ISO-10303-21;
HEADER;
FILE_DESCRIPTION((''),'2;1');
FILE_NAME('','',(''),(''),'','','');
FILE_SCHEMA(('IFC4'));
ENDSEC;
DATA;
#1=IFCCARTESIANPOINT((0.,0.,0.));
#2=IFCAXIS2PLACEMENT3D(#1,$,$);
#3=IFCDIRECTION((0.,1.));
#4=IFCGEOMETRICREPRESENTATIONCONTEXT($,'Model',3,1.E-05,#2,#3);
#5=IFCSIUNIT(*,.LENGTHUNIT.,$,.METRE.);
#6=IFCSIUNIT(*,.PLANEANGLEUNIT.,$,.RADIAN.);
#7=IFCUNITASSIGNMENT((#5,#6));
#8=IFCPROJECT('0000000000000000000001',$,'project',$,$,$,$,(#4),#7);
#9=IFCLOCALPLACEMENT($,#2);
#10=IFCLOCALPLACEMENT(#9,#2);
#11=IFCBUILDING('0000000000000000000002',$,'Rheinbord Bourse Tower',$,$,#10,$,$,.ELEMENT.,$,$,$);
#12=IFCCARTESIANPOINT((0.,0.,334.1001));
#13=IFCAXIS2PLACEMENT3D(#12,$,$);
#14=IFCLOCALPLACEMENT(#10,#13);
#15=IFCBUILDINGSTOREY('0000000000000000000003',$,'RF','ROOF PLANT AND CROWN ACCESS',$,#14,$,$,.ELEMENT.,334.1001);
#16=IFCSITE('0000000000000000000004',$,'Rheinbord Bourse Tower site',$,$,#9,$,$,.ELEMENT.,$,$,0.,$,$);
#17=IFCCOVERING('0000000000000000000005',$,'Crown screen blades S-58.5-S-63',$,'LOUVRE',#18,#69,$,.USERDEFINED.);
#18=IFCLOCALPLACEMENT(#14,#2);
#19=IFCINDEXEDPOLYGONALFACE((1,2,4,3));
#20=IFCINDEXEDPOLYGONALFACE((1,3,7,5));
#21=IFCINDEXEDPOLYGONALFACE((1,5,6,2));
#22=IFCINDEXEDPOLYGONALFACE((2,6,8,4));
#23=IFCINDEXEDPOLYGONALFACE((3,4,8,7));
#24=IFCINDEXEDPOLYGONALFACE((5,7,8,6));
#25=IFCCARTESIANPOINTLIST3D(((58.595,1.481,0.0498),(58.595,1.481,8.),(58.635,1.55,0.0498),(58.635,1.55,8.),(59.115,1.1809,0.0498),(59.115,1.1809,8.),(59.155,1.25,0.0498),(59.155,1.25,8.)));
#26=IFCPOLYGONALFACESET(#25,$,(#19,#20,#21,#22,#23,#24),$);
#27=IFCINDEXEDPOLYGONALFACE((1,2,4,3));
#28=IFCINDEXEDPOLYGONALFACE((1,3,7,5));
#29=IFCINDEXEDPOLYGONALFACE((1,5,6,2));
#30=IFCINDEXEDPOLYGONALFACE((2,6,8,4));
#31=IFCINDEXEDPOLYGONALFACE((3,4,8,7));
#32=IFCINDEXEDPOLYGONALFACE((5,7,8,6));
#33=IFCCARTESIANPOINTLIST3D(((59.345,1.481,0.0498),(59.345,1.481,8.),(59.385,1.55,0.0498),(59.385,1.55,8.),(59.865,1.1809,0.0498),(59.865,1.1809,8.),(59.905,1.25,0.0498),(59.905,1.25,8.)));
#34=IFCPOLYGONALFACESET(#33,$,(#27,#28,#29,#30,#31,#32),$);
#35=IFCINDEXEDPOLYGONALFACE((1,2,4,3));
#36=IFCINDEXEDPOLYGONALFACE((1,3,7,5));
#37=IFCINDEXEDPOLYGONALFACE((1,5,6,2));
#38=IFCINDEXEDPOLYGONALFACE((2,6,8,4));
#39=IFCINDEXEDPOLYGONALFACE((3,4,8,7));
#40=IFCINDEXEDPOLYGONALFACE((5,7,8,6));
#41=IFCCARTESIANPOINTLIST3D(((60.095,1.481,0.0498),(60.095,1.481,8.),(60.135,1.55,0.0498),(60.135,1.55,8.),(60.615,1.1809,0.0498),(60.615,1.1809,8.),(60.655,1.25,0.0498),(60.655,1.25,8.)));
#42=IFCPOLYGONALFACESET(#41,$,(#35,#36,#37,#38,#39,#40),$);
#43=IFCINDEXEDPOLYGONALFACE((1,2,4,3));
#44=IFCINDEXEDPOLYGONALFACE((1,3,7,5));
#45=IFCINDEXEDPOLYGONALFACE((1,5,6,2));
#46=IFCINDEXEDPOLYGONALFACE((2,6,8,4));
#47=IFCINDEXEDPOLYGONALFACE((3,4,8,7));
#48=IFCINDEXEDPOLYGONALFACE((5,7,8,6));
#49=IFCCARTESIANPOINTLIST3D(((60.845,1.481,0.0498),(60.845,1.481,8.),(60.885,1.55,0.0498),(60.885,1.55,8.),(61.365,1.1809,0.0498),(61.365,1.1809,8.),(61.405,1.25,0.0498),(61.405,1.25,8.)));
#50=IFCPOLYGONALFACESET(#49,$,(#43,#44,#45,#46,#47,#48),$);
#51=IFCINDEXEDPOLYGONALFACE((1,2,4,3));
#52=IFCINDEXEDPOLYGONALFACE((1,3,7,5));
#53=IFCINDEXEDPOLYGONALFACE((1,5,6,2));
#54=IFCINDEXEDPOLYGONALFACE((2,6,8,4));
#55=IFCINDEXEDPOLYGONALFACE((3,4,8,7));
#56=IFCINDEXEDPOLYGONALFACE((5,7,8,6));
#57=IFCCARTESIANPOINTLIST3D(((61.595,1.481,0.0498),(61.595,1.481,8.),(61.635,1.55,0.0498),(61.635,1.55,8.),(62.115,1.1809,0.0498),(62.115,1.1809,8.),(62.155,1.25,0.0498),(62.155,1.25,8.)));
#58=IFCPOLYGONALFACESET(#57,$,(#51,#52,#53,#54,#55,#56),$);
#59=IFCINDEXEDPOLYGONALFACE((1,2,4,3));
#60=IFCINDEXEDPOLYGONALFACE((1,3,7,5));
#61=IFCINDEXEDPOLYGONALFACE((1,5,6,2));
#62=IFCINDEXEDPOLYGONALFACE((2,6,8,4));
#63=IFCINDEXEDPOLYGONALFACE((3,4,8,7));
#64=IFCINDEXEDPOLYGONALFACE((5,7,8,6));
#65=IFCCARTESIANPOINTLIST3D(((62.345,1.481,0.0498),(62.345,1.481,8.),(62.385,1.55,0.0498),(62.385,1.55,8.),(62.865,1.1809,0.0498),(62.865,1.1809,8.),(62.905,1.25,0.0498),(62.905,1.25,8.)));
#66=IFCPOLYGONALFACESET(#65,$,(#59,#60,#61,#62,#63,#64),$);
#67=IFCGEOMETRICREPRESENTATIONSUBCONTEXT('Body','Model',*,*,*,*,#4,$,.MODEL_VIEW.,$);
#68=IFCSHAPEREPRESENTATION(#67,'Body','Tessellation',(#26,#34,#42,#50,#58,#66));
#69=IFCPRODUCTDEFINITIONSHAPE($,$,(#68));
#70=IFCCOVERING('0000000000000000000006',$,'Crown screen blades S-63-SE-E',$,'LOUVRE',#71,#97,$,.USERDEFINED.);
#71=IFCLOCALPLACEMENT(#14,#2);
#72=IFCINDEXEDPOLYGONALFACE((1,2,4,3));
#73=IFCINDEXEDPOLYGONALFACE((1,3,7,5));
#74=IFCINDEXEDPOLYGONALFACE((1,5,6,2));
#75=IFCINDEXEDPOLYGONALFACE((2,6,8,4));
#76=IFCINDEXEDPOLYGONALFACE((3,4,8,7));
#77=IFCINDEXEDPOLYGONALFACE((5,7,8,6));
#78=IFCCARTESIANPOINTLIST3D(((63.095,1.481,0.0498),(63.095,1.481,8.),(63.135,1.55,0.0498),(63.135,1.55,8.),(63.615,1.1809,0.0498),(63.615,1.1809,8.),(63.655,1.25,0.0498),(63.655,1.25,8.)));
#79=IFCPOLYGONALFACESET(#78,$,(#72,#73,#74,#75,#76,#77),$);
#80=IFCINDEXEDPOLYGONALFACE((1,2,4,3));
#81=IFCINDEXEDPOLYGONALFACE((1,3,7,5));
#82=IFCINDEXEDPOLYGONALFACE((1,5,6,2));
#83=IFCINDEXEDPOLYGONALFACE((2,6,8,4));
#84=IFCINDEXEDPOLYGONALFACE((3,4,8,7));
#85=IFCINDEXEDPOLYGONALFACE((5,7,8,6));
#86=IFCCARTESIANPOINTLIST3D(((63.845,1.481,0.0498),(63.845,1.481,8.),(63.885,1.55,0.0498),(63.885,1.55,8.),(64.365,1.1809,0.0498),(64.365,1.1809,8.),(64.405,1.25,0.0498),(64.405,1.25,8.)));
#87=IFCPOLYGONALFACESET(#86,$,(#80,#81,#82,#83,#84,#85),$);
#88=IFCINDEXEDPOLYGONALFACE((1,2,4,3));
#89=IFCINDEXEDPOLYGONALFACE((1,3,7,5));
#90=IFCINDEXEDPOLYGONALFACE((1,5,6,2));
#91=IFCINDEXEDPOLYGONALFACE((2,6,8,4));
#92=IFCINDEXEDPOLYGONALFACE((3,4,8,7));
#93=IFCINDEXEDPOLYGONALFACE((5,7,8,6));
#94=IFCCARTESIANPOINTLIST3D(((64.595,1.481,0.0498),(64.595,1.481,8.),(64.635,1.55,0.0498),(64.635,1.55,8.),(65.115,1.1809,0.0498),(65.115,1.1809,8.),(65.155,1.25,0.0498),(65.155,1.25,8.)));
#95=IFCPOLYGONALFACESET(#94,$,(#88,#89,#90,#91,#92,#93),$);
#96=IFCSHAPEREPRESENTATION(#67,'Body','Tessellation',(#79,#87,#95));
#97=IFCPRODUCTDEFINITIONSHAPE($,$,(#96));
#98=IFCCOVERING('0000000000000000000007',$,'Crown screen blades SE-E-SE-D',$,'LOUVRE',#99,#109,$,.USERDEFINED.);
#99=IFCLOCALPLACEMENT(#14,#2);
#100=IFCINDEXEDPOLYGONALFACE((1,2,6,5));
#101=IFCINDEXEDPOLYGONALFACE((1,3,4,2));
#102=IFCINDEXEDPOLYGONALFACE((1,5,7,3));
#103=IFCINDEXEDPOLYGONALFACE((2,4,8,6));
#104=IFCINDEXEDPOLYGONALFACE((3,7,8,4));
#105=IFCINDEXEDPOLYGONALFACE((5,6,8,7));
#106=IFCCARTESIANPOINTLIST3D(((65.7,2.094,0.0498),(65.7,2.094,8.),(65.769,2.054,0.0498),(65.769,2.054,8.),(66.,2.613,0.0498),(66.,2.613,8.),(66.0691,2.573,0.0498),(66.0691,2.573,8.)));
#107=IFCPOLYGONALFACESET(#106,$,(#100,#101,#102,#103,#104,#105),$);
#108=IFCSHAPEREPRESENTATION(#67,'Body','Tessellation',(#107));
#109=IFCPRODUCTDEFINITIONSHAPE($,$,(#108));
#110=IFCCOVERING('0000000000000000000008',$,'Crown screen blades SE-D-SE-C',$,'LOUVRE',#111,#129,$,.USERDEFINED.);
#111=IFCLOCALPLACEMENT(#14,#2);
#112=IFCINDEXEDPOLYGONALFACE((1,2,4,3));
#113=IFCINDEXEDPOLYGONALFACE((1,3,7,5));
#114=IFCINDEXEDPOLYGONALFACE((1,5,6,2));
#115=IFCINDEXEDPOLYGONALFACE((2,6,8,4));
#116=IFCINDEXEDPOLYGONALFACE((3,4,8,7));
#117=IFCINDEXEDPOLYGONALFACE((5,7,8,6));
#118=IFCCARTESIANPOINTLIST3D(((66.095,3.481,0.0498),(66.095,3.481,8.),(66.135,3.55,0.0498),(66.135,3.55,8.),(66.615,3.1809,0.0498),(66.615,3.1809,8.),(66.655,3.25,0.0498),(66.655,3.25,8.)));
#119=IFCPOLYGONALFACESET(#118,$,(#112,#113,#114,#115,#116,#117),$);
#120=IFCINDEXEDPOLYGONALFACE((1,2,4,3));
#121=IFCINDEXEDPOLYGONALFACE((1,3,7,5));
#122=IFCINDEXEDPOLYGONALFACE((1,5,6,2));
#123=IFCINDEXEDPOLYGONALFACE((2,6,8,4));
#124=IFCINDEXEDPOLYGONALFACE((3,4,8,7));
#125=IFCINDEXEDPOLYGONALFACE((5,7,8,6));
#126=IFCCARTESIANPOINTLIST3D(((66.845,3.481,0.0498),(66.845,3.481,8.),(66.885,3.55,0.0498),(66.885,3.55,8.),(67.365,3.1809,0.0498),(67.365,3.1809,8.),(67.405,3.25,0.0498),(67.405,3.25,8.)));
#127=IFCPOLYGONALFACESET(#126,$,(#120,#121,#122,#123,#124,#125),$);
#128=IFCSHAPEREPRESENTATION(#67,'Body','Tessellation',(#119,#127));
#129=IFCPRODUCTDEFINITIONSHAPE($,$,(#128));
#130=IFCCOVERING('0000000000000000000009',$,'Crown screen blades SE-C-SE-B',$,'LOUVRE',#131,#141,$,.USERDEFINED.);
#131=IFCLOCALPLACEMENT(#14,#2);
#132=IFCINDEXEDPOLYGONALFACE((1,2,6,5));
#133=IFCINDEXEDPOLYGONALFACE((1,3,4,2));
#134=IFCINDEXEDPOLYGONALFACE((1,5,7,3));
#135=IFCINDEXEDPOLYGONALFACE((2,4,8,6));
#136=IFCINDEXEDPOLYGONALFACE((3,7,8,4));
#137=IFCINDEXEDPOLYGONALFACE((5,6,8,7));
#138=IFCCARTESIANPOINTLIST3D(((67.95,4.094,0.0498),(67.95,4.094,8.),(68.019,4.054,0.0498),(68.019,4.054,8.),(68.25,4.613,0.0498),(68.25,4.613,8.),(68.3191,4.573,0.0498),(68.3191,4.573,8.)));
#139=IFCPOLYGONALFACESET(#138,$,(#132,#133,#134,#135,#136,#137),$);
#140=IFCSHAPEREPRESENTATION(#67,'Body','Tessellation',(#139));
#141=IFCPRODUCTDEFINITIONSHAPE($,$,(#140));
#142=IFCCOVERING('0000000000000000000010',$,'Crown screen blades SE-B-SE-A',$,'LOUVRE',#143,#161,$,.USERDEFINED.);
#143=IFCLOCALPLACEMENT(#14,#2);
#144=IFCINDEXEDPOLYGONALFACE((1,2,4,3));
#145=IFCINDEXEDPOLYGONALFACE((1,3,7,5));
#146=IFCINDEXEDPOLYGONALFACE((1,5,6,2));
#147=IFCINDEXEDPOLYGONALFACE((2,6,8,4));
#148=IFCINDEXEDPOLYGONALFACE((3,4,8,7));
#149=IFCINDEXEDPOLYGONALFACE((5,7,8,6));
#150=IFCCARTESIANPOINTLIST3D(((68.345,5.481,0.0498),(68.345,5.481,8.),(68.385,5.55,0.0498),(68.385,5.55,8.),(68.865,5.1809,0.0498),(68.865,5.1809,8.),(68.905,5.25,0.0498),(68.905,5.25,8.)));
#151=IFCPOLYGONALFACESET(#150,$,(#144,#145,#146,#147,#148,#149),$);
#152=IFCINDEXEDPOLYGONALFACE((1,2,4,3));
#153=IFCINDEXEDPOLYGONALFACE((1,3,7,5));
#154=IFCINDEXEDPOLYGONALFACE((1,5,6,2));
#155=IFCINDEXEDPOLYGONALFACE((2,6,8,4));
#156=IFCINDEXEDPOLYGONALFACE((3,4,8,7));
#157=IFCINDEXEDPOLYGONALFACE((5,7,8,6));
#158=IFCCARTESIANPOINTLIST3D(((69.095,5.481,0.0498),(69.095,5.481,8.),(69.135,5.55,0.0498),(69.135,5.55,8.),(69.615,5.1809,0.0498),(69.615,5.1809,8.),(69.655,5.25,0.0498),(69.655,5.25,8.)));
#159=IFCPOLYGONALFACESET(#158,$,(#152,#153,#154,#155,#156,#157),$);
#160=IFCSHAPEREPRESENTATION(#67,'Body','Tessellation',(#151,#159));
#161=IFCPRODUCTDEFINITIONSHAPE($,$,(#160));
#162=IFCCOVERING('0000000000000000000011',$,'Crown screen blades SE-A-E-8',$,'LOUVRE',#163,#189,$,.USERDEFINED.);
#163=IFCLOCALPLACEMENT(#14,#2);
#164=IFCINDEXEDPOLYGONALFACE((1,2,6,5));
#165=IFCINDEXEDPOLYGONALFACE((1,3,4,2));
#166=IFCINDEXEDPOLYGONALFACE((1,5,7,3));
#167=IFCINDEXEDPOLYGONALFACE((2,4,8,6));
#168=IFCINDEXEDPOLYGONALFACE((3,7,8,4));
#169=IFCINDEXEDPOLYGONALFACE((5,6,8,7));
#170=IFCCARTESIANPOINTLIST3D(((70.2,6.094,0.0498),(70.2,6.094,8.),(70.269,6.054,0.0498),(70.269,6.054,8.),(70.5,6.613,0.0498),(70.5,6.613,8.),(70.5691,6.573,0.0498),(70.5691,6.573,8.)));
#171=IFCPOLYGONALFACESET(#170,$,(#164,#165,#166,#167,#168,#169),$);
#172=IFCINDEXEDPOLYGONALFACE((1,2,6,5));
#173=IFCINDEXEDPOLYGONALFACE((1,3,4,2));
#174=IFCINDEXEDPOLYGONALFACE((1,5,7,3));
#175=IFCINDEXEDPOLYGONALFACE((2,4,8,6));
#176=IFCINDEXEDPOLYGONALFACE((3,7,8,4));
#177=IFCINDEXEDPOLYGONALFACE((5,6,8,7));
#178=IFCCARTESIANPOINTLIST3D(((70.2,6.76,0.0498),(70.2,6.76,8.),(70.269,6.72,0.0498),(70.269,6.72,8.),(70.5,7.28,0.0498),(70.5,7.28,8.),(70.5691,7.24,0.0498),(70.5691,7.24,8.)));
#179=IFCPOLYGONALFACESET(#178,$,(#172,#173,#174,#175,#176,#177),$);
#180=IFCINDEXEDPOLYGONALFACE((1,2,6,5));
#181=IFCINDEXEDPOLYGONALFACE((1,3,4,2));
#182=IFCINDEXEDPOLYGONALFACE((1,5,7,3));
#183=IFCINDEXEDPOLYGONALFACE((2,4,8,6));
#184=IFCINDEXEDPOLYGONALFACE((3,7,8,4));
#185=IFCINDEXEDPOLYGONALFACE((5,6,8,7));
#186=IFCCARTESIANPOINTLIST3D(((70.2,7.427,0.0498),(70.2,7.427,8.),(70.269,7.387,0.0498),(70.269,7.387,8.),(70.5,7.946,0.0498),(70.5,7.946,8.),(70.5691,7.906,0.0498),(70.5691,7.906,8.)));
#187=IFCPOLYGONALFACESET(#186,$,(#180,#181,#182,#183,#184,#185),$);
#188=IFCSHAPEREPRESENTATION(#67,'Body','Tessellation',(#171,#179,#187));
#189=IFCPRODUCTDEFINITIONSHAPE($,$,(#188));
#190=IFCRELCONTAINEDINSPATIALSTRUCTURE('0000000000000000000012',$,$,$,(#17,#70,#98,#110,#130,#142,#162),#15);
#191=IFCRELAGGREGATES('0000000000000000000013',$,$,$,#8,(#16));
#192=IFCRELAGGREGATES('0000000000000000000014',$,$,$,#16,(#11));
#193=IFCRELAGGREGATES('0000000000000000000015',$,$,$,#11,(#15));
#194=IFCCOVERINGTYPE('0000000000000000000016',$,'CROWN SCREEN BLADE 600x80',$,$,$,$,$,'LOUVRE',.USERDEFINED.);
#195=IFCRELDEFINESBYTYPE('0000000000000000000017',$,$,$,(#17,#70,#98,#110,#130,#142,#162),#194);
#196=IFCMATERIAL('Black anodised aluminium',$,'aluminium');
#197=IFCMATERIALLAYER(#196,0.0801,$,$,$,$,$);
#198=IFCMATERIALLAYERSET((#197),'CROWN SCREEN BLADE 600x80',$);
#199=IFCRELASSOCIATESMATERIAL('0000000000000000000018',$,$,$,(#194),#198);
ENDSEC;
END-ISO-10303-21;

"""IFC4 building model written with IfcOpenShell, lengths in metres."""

from ifc_helpers import new_model, si_unit, direction, frame, origin, place, context, subcontext, project, spatial, polyline, outline, extrude, material, layer, layer_set, type_object, element, save


model = new_model("IFC4")

# Units and contexts
model_context = context("Model", 3, precision=1e-05, world=origin(), true_north=direction((0.0, 1.0)))
body_context = subcontext(model_context, "Body", "Model", "MODEL_VIEW")
ifc_project = project(units=[si_unit("LENGTHUNIT", "METRE"), si_unit("PLANEANGLEUNIT", "RADIAN")], contexts=[model_context])

# Site, building, storey
site_placement = place(None, origin())
site = spatial("IfcSite", under=ifc_project, at=site_placement, Name="Rheinbord Bourse Tower site", CompositionType="ELEMENT", RefElevation=0.0)
building_placement = place(site_placement, origin())
building = spatial("IfcBuilding", under=site, at=building_placement, Name="Rheinbord Bourse Tower", CompositionType="ELEMENT")
storey_placement = place(building_placement, frame((0.0, 0.0, 334.1001)))
storey = spatial("IfcBuildingStorey", under=building, at=storey_placement, Name="RF", Description="ROOF PLANT AND CROWN ACCESS", CompositionType="ELEMENT", Elevation=334.1001)

# Coverings
ifc_material = material(Name="Black anodised aluminium", Category="aluminium")
ifc_layer = layer(ifc_material, 0.0801)
ifc_layer_set = layer_set([ifc_layer], Name="CROWN SCREEN BLADE 600x80")
covering_type = type_object("IfcCoveringType", Name="CROWN SCREEN BLADE 600x80", ElementType="LOUVRE", PredefinedType="USERDEFINED", material=ifc_layer_set)
covering_1_placement = place(storey_placement, frame((0.0, 0.0, 0.0498)))
element("IfcCovering", 1, at=covering_1_placement, inside=storey, type_object=covering_type, Name="Crown screen blades S-58.5-S-63", ObjectType="LOUVRE", PredefinedType="USERDEFINED", context=body_context, shape_type="SweptSolid", body=[
    extrude(outline(polyline([(58.635, 1.55), (59.155, 1.25), (59.115, 1.1809), (58.595, 1.481), (58.635, 1.55)])), origin(), (0.0, 0.0, 1.0), 7.9502),
    extrude(outline(polyline([(59.385, 1.55), (59.905, 1.25), (59.865, 1.1809), (59.345, 1.481), (59.385, 1.55)])), origin(), (0.0, 0.0, 1.0), 7.9502),
    extrude(outline(polyline([(60.135, 1.55), (60.655, 1.25), (60.615, 1.1809), (60.095, 1.481), (60.135, 1.55)])), origin(), (0.0, 0.0, 1.0), 7.9502),
    extrude(outline(polyline([(60.885, 1.55), (61.405, 1.25), (61.365, 1.1809), (60.845, 1.481), (60.885, 1.55)])), origin(), (0.0, 0.0, 1.0), 7.9502),
    extrude(outline(polyline([(61.635, 1.55), (62.155, 1.25), (62.115, 1.1809), (61.595, 1.481), (61.635, 1.55)])), origin(), (0.0, 0.0, 1.0), 7.9502),
    extrude(outline(polyline([(62.385, 1.55), (62.905, 1.25), (62.865, 1.1809), (62.345, 1.481), (62.385, 1.55)])), origin(), (0.0, 0.0, 1.0), 7.9502),
])
covering_2_placement = place(storey_placement, frame((0.0, 0.0, 0.0498)))
element("IfcCovering", 2, at=covering_2_placement, inside=storey, type_object=covering_type, Name="Crown screen blades S-63-SE-E", ObjectType="LOUVRE", PredefinedType="USERDEFINED", context=body_context, shape_type="SweptSolid", body=[
    extrude(outline(polyline([(63.135, 1.55), (63.655, 1.25), (63.615, 1.1809), (63.095, 1.481), (63.135, 1.55)])), origin(), (0.0, 0.0, 1.0), 7.9502),
    extrude(outline(polyline([(63.885, 1.55), (64.405, 1.25), (64.365, 1.1809), (63.845, 1.481), (63.885, 1.55)])), origin(), (0.0, 0.0, 1.0), 7.9502),
    extrude(outline(polyline([(64.635, 1.55), (65.155, 1.25), (65.115, 1.1809), (64.595, 1.481), (64.635, 1.55)])), origin(), (0.0, 0.0, 1.0), 7.9502),
])
covering_3_placement = place(storey_placement, frame((0.0, 0.0, 0.0498)))
element("IfcCovering", 3, at=covering_3_placement, inside=storey, type_object=covering_type, Name="Crown screen blades SE-E-SE-D", ObjectType="LOUVRE", PredefinedType="USERDEFINED", context=body_context, shape_type="SweptSolid", body=[
    extrude(outline(polyline([(65.7, 2.094), (66.0, 2.613), (66.0691, 2.573), (65.769, 2.054), (65.7, 2.094)])), origin(), (0.0, 0.0, 1.0), 7.9502),
])
covering_4_placement = place(storey_placement, frame((0.0, 0.0, 0.0498)))
element("IfcCovering", 4, at=covering_4_placement, inside=storey, type_object=covering_type, Name="Crown screen blades SE-D-SE-C", ObjectType="LOUVRE", PredefinedType="USERDEFINED", context=body_context, shape_type="SweptSolid", body=[
    extrude(outline(polyline([(66.135, 3.55), (66.655, 3.25), (66.615, 3.1809), (66.095, 3.481), (66.135, 3.55)])), origin(), (0.0, 0.0, 1.0), 7.9502),
    extrude(outline(polyline([(66.885, 3.55), (67.405, 3.25), (67.365, 3.1809), (66.845, 3.481), (66.885, 3.55)])), origin(), (0.0, 0.0, 1.0), 7.9502),
])
covering_5_placement = place(storey_placement, frame((0.0, 0.0, 0.0498)))
element("IfcCovering", 5, at=covering_5_placement, inside=storey, type_object=covering_type, Name="Crown screen blades SE-C-SE-B", ObjectType="LOUVRE", PredefinedType="USERDEFINED", context=body_context, shape_type="SweptSolid", body=[
    extrude(outline(polyline([(67.95, 4.094), (68.25, 4.613), (68.3191, 4.573), (68.019, 4.054), (67.95, 4.094)])), origin(), (0.0, 0.0, 1.0), 7.9502),
])
covering_6_placement = place(storey_placement, frame((0.0, 0.0, 0.0498)))
element("IfcCovering", 6, at=covering_6_placement, inside=storey, type_object=covering_type, Name="Crown screen blades SE-B-SE-A", ObjectType="LOUVRE", PredefinedType="USERDEFINED", context=body_context, shape_type="SweptSolid", body=[
    extrude(outline(polyline([(68.385, 5.55), (68.905, 5.25), (68.865, 5.1809), (68.345, 5.481), (68.385, 5.55)])), origin(), (0.0, 0.0, 1.0), 7.9502),
    extrude(outline(polyline([(69.135, 5.55), (69.655, 5.25), (69.615, 5.1809), (69.095, 5.481), (69.135, 5.55)])), origin(), (0.0, 0.0, 1.0), 7.9502),
])
covering_7_placement = place(storey_placement, frame((0.0, 0.0, 0.0498)))
element("IfcCovering", 7, at=covering_7_placement, inside=storey, type_object=covering_type, Name="Crown screen blades SE-A-E-8", ObjectType="LOUVRE", PredefinedType="USERDEFINED", context=body_context, shape_type="SweptSolid", body=[
    extrude(outline(polyline([(70.2, 6.094), (70.5, 6.613), (70.5691, 6.573), (70.269, 6.054), (70.2, 6.094)])), origin(), (0.0, 0.0, 1.0), 7.9502),
    extrude(outline(polyline([(70.2, 6.76), (70.5, 7.28), (70.5691, 7.24), (70.269, 6.72), (70.2, 6.76)])), origin(), (0.0, 0.0, 1.0), 7.9502),
    extrude(outline(polyline([(70.2, 7.427), (70.5, 7.946), (70.5691, 7.906), (70.269, 7.387), (70.2, 7.427)])), origin(), (0.0, 0.0, 1.0), 7.9502),
])

save(model, "model.ifc")
